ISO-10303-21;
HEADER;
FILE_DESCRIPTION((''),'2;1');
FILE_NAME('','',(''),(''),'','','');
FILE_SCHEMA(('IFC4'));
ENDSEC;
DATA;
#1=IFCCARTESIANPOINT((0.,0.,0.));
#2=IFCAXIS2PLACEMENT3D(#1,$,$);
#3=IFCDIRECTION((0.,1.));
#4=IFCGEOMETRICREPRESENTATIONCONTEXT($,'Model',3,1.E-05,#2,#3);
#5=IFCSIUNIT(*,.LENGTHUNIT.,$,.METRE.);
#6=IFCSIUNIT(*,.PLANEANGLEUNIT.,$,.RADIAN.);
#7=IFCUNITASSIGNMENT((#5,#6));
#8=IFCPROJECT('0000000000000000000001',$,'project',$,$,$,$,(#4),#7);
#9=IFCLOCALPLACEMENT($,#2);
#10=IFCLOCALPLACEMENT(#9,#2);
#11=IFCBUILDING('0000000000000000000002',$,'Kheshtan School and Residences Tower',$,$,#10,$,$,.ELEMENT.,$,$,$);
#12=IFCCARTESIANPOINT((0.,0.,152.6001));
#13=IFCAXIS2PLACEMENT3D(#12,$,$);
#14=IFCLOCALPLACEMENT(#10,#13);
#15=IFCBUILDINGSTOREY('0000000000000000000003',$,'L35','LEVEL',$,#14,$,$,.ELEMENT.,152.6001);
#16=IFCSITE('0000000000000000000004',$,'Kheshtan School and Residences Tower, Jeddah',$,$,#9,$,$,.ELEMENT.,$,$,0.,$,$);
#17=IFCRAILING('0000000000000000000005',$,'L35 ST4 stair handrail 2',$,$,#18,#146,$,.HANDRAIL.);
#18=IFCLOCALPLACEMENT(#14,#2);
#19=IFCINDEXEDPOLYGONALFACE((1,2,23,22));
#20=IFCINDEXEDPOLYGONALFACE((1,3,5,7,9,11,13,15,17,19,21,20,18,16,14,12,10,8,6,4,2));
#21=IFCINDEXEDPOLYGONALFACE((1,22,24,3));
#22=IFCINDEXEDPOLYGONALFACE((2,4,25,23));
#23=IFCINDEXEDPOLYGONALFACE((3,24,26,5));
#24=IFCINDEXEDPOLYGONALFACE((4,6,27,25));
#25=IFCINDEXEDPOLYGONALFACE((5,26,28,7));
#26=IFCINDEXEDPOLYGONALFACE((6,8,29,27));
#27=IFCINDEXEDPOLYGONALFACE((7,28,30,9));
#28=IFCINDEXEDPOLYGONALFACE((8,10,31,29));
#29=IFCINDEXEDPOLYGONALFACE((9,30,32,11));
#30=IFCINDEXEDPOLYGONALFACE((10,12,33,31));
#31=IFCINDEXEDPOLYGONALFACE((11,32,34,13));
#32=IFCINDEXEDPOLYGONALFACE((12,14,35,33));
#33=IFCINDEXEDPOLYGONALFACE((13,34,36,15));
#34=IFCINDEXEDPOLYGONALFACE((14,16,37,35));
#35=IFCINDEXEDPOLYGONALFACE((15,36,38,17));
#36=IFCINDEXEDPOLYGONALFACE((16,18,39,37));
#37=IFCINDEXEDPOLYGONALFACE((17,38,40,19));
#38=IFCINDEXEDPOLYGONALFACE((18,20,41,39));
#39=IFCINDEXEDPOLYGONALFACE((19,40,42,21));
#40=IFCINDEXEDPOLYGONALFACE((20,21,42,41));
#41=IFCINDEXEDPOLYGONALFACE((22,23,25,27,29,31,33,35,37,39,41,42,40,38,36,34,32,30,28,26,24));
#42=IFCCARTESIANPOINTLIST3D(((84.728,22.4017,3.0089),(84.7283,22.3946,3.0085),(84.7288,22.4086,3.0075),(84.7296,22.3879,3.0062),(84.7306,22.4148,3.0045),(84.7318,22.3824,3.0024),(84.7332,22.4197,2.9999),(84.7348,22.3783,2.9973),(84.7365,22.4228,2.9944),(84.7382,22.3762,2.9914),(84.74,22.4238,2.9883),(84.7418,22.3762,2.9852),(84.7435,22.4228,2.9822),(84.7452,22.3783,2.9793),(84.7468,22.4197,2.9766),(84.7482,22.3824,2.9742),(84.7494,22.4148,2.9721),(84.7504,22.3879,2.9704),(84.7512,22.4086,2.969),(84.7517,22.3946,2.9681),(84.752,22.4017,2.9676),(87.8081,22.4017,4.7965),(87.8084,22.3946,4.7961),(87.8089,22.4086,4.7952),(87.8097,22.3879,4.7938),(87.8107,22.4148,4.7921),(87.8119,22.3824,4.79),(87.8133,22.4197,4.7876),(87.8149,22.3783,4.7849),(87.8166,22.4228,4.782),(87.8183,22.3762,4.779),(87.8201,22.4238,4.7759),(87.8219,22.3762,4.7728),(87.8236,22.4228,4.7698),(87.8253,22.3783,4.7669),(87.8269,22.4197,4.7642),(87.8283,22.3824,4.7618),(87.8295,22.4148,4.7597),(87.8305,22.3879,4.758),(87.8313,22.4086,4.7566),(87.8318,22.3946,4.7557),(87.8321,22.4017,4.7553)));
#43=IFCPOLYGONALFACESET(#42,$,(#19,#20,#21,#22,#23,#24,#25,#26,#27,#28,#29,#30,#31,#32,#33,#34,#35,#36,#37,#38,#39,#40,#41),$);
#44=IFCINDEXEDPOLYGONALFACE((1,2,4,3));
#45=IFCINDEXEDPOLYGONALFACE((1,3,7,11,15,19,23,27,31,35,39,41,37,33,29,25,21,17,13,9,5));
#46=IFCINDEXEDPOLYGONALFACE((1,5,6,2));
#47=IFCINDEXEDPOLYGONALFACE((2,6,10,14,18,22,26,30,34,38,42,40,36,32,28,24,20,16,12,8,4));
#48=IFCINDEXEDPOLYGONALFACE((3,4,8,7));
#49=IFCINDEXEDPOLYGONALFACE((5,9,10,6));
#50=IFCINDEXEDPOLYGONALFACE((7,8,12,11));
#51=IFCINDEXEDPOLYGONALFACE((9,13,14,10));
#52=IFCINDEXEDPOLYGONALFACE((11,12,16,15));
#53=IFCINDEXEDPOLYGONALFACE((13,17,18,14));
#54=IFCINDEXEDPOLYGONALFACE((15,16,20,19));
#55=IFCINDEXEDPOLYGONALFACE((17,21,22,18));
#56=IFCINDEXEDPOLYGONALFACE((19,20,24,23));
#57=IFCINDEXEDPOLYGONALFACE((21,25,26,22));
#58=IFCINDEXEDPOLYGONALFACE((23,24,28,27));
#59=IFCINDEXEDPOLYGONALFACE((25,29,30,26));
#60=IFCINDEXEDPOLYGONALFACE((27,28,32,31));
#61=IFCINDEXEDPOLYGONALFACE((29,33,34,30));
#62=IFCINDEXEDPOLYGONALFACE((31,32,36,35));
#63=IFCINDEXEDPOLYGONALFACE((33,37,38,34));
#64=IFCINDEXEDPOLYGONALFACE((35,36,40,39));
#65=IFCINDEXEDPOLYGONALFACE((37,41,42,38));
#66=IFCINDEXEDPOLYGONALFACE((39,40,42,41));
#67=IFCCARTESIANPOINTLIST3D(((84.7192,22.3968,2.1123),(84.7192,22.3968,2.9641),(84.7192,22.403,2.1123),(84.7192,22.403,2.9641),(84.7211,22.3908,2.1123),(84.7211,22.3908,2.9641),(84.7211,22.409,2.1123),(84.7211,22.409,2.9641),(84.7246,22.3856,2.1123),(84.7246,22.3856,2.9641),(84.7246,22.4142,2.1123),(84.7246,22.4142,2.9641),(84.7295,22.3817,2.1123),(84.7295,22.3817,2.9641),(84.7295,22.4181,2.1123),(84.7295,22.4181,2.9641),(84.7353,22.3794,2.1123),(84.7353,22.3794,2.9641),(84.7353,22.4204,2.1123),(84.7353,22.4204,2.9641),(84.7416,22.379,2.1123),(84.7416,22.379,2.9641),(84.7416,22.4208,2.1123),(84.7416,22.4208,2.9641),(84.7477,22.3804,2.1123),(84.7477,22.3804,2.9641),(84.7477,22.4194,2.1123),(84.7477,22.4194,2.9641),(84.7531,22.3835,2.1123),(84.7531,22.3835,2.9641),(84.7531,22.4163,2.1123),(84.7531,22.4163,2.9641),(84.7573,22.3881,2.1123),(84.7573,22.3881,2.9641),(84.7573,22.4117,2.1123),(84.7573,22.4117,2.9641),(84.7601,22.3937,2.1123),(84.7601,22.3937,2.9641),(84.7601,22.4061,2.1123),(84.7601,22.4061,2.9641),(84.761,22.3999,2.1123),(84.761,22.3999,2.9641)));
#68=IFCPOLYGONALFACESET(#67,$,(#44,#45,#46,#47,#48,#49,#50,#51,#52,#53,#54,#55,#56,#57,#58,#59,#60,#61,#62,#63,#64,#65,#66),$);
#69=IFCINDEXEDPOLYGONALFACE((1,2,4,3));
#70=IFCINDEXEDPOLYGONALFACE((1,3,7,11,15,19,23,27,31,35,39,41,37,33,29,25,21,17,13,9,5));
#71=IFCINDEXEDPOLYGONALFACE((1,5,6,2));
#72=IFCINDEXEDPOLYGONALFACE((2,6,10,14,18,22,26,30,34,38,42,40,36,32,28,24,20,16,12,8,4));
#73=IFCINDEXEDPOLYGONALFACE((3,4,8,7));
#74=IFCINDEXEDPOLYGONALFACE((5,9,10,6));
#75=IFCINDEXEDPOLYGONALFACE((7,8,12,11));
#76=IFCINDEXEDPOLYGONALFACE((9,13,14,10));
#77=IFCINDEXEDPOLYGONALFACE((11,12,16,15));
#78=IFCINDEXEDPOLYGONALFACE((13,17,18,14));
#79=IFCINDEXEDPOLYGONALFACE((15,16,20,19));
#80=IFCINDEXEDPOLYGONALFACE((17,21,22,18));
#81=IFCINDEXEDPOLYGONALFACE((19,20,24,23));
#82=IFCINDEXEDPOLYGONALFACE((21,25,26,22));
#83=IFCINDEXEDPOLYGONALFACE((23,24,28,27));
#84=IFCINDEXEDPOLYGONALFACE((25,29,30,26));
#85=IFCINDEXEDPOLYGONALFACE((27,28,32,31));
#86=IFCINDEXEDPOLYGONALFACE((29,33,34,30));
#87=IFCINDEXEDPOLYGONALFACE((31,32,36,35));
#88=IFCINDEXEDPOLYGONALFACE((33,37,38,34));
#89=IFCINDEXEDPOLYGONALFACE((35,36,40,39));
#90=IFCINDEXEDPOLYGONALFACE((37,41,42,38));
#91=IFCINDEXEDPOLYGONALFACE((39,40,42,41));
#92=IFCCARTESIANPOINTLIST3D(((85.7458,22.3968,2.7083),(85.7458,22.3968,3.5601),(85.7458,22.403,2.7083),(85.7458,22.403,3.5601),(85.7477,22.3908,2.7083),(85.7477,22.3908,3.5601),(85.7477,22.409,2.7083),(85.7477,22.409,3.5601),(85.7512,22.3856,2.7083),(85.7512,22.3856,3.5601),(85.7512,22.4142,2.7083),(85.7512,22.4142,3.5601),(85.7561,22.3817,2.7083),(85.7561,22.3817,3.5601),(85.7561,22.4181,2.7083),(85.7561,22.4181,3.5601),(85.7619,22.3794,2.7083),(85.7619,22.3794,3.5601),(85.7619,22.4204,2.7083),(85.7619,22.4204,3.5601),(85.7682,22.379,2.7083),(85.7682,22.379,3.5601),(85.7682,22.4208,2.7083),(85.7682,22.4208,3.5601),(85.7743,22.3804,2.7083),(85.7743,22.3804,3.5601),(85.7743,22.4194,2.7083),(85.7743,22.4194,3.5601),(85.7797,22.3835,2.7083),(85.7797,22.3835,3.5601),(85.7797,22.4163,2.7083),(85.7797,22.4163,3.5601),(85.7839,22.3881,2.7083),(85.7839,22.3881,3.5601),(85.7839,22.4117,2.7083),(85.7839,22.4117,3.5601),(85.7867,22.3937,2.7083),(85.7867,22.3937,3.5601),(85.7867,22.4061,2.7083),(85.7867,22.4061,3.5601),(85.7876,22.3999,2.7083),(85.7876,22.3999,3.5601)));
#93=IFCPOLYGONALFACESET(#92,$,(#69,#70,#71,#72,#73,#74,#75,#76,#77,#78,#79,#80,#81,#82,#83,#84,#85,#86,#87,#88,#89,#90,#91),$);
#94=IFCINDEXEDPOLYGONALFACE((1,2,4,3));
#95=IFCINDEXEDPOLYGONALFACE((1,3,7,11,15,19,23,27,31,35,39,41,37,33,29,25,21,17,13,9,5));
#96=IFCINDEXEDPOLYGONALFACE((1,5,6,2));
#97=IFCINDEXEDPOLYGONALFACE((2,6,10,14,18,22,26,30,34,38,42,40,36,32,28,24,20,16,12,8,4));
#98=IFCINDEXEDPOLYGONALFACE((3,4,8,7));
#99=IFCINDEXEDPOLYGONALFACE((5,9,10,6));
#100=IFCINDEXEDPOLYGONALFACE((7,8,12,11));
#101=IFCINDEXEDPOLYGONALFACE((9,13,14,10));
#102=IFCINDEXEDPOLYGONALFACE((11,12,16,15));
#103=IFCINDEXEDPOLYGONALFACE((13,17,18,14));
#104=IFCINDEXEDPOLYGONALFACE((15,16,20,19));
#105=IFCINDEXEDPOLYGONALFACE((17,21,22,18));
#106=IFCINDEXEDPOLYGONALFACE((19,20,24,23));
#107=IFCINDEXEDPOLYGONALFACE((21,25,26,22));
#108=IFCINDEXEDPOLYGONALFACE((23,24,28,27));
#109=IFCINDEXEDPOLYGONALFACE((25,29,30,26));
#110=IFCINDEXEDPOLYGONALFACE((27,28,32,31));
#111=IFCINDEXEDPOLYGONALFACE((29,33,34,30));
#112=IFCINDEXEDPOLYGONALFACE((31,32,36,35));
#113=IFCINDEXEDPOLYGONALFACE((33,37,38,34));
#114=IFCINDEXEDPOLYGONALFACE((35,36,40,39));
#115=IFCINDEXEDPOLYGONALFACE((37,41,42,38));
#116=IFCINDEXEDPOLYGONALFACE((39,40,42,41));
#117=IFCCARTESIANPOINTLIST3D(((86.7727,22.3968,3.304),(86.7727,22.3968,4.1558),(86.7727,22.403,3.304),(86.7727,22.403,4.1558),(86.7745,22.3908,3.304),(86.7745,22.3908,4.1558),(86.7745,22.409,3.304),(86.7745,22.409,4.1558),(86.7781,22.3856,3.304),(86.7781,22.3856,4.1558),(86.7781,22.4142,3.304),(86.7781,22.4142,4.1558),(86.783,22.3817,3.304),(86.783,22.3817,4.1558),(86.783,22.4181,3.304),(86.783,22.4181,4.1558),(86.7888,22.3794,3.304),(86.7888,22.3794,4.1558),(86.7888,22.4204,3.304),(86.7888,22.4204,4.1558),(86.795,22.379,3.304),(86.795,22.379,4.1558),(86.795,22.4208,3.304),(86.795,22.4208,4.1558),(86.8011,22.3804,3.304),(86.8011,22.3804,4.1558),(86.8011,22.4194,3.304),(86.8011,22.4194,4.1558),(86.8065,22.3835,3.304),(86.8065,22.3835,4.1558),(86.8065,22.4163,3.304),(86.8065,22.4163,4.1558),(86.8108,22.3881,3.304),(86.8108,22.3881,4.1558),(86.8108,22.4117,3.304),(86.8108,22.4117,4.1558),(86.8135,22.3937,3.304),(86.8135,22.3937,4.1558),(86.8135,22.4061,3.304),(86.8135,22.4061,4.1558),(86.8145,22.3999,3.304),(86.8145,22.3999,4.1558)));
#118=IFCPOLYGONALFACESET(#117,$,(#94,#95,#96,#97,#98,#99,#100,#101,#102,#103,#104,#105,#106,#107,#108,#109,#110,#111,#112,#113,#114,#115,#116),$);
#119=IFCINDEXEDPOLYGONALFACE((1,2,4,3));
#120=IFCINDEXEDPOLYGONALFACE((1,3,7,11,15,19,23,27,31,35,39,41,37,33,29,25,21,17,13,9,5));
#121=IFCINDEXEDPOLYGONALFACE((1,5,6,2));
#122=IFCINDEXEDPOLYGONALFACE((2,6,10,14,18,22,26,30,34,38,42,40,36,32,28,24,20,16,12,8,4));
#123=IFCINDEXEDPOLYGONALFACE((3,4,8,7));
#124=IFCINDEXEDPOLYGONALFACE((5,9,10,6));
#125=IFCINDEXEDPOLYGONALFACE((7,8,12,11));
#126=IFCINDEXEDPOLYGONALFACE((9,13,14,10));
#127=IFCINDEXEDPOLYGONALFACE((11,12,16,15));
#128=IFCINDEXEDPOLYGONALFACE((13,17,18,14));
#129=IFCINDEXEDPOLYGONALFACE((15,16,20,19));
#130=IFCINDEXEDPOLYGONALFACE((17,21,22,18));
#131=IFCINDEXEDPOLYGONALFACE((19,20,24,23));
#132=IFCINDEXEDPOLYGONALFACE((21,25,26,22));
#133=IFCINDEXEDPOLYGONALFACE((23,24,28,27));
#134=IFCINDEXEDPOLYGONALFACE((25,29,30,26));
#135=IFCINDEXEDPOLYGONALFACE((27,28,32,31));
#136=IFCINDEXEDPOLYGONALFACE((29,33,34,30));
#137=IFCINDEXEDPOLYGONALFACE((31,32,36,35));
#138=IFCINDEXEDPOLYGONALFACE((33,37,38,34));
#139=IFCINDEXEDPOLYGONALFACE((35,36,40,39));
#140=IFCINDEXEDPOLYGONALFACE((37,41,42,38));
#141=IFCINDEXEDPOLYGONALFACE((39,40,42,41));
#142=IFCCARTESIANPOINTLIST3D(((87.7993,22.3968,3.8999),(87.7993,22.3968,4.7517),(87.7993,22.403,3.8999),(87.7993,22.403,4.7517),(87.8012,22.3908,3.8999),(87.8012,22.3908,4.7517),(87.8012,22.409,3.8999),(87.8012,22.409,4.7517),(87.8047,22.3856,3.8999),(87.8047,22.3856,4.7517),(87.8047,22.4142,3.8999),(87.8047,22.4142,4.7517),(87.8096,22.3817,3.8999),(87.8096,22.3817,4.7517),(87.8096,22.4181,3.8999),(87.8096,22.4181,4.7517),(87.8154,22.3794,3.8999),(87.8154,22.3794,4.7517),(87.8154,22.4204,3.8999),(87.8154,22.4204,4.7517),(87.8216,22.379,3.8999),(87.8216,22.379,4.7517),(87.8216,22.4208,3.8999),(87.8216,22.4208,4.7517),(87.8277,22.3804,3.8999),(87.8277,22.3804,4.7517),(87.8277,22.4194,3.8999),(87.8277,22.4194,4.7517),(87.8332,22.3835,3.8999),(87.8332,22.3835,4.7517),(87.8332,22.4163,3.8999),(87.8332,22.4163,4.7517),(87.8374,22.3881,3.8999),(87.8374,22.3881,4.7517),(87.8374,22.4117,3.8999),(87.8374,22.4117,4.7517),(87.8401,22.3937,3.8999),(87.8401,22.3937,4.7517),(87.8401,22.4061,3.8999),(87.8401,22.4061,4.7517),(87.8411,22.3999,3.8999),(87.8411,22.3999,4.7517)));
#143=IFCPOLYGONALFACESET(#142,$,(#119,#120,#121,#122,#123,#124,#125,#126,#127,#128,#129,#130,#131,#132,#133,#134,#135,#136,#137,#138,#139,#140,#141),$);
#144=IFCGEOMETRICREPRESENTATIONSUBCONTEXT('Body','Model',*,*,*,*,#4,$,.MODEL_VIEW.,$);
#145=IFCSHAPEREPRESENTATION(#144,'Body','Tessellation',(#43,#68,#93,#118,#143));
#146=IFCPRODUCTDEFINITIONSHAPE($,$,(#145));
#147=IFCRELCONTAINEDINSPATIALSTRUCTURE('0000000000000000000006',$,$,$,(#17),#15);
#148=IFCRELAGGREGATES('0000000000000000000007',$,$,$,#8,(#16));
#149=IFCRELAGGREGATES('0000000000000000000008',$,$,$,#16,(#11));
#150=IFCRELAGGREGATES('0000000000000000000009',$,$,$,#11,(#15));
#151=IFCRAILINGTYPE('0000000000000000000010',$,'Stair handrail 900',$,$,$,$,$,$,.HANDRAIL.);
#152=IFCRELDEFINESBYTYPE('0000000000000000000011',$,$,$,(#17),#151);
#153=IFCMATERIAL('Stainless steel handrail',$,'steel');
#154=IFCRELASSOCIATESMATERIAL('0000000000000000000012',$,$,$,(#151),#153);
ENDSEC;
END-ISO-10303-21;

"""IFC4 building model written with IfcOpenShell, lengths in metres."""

from ifc_helpers import new_model, si_unit, direction, frame, origin, origin_2d, place, context, subcontext, project, spatial, circle, extrude, material, type_object, element, save


model = new_model("IFC4")

# Units and contexts
model_context = context("Model", 3, precision=1e-05, world=origin(), true_north=direction((0.0, 1.0)))
body_context = subcontext(model_context, "Body", "Model", "MODEL_VIEW")
ifc_project = project(units=[si_unit("LENGTHUNIT", "METRE"), si_unit("PLANEANGLEUNIT", "RADIAN")], contexts=[model_context])

# Site, building, storey
site_placement = place(None, origin())
site = spatial("IfcSite", under=ifc_project, at=site_placement, Name="Kheshtan School and Residences Tower, Jeddah", CompositionType="ELEMENT", RefElevation=0.0)
building_placement = place(site_placement, origin())
building = spatial("IfcBuilding", under=site, at=building_placement, Name="Kheshtan School and Residences Tower", CompositionType="ELEMENT")
storey_placement = place(building_placement, frame((0.0, 0.0, 152.6001)))
storey = spatial("IfcBuildingStorey", under=building, at=storey_placement, Name="L35", Description="LEVEL", CompositionType="ELEMENT", Elevation=152.6001)

# Railing
ifc_material_1 = material(Name="Stainless steel handrail", Category="steel")
railing_type_1 = type_object("IfcRailingType", Name="Stair handrail 900", PredefinedType="HANDRAIL", material=ifc_material_1)
railing_1_placement = place(storey_placement, frame((84.74, 22.3999, 2.1123)))
element("IfcRailing", 1, at=railing_1_placement, inside=storey, type_object=railing_type_1, Name="L35 ST4 stair handrail 2", PredefinedType="HANDRAIL", context=body_context, shape_type="SweptSolid", body=[
    extrude(circle(Radius=0.0239, at=origin_2d()), frame((0.0, 0.0, 0.876), z_axis=(0.864891, 0.0, 0.50196), x_axis=(0.0, 1.0, 0.0)), (0.0, 0.0, 1.0), 3.5613),
    extrude(circle(Radius=0.021, at=origin_2d()), origin(), (0.0, 0.0, 1.0), 0.8518),
    extrude(circle(Radius=0.021, at=origin_2d()), frame((1.0266, 0.0, 0.5959)), (0.0, 0.0, 1.0), 0.8518),
    extrude(circle(Radius=0.021, at=origin_2d()), frame((2.0535, 0.0, 1.1917)), (0.0, 0.0, 1.0), 0.8518),
    extrude(circle(Radius=0.021, at=origin_2d()), frame((3.0801, 0.0, 1.7876)), (0.0, 0.0, 1.0), 0.8518),
])

save(model, "model.ifc")
